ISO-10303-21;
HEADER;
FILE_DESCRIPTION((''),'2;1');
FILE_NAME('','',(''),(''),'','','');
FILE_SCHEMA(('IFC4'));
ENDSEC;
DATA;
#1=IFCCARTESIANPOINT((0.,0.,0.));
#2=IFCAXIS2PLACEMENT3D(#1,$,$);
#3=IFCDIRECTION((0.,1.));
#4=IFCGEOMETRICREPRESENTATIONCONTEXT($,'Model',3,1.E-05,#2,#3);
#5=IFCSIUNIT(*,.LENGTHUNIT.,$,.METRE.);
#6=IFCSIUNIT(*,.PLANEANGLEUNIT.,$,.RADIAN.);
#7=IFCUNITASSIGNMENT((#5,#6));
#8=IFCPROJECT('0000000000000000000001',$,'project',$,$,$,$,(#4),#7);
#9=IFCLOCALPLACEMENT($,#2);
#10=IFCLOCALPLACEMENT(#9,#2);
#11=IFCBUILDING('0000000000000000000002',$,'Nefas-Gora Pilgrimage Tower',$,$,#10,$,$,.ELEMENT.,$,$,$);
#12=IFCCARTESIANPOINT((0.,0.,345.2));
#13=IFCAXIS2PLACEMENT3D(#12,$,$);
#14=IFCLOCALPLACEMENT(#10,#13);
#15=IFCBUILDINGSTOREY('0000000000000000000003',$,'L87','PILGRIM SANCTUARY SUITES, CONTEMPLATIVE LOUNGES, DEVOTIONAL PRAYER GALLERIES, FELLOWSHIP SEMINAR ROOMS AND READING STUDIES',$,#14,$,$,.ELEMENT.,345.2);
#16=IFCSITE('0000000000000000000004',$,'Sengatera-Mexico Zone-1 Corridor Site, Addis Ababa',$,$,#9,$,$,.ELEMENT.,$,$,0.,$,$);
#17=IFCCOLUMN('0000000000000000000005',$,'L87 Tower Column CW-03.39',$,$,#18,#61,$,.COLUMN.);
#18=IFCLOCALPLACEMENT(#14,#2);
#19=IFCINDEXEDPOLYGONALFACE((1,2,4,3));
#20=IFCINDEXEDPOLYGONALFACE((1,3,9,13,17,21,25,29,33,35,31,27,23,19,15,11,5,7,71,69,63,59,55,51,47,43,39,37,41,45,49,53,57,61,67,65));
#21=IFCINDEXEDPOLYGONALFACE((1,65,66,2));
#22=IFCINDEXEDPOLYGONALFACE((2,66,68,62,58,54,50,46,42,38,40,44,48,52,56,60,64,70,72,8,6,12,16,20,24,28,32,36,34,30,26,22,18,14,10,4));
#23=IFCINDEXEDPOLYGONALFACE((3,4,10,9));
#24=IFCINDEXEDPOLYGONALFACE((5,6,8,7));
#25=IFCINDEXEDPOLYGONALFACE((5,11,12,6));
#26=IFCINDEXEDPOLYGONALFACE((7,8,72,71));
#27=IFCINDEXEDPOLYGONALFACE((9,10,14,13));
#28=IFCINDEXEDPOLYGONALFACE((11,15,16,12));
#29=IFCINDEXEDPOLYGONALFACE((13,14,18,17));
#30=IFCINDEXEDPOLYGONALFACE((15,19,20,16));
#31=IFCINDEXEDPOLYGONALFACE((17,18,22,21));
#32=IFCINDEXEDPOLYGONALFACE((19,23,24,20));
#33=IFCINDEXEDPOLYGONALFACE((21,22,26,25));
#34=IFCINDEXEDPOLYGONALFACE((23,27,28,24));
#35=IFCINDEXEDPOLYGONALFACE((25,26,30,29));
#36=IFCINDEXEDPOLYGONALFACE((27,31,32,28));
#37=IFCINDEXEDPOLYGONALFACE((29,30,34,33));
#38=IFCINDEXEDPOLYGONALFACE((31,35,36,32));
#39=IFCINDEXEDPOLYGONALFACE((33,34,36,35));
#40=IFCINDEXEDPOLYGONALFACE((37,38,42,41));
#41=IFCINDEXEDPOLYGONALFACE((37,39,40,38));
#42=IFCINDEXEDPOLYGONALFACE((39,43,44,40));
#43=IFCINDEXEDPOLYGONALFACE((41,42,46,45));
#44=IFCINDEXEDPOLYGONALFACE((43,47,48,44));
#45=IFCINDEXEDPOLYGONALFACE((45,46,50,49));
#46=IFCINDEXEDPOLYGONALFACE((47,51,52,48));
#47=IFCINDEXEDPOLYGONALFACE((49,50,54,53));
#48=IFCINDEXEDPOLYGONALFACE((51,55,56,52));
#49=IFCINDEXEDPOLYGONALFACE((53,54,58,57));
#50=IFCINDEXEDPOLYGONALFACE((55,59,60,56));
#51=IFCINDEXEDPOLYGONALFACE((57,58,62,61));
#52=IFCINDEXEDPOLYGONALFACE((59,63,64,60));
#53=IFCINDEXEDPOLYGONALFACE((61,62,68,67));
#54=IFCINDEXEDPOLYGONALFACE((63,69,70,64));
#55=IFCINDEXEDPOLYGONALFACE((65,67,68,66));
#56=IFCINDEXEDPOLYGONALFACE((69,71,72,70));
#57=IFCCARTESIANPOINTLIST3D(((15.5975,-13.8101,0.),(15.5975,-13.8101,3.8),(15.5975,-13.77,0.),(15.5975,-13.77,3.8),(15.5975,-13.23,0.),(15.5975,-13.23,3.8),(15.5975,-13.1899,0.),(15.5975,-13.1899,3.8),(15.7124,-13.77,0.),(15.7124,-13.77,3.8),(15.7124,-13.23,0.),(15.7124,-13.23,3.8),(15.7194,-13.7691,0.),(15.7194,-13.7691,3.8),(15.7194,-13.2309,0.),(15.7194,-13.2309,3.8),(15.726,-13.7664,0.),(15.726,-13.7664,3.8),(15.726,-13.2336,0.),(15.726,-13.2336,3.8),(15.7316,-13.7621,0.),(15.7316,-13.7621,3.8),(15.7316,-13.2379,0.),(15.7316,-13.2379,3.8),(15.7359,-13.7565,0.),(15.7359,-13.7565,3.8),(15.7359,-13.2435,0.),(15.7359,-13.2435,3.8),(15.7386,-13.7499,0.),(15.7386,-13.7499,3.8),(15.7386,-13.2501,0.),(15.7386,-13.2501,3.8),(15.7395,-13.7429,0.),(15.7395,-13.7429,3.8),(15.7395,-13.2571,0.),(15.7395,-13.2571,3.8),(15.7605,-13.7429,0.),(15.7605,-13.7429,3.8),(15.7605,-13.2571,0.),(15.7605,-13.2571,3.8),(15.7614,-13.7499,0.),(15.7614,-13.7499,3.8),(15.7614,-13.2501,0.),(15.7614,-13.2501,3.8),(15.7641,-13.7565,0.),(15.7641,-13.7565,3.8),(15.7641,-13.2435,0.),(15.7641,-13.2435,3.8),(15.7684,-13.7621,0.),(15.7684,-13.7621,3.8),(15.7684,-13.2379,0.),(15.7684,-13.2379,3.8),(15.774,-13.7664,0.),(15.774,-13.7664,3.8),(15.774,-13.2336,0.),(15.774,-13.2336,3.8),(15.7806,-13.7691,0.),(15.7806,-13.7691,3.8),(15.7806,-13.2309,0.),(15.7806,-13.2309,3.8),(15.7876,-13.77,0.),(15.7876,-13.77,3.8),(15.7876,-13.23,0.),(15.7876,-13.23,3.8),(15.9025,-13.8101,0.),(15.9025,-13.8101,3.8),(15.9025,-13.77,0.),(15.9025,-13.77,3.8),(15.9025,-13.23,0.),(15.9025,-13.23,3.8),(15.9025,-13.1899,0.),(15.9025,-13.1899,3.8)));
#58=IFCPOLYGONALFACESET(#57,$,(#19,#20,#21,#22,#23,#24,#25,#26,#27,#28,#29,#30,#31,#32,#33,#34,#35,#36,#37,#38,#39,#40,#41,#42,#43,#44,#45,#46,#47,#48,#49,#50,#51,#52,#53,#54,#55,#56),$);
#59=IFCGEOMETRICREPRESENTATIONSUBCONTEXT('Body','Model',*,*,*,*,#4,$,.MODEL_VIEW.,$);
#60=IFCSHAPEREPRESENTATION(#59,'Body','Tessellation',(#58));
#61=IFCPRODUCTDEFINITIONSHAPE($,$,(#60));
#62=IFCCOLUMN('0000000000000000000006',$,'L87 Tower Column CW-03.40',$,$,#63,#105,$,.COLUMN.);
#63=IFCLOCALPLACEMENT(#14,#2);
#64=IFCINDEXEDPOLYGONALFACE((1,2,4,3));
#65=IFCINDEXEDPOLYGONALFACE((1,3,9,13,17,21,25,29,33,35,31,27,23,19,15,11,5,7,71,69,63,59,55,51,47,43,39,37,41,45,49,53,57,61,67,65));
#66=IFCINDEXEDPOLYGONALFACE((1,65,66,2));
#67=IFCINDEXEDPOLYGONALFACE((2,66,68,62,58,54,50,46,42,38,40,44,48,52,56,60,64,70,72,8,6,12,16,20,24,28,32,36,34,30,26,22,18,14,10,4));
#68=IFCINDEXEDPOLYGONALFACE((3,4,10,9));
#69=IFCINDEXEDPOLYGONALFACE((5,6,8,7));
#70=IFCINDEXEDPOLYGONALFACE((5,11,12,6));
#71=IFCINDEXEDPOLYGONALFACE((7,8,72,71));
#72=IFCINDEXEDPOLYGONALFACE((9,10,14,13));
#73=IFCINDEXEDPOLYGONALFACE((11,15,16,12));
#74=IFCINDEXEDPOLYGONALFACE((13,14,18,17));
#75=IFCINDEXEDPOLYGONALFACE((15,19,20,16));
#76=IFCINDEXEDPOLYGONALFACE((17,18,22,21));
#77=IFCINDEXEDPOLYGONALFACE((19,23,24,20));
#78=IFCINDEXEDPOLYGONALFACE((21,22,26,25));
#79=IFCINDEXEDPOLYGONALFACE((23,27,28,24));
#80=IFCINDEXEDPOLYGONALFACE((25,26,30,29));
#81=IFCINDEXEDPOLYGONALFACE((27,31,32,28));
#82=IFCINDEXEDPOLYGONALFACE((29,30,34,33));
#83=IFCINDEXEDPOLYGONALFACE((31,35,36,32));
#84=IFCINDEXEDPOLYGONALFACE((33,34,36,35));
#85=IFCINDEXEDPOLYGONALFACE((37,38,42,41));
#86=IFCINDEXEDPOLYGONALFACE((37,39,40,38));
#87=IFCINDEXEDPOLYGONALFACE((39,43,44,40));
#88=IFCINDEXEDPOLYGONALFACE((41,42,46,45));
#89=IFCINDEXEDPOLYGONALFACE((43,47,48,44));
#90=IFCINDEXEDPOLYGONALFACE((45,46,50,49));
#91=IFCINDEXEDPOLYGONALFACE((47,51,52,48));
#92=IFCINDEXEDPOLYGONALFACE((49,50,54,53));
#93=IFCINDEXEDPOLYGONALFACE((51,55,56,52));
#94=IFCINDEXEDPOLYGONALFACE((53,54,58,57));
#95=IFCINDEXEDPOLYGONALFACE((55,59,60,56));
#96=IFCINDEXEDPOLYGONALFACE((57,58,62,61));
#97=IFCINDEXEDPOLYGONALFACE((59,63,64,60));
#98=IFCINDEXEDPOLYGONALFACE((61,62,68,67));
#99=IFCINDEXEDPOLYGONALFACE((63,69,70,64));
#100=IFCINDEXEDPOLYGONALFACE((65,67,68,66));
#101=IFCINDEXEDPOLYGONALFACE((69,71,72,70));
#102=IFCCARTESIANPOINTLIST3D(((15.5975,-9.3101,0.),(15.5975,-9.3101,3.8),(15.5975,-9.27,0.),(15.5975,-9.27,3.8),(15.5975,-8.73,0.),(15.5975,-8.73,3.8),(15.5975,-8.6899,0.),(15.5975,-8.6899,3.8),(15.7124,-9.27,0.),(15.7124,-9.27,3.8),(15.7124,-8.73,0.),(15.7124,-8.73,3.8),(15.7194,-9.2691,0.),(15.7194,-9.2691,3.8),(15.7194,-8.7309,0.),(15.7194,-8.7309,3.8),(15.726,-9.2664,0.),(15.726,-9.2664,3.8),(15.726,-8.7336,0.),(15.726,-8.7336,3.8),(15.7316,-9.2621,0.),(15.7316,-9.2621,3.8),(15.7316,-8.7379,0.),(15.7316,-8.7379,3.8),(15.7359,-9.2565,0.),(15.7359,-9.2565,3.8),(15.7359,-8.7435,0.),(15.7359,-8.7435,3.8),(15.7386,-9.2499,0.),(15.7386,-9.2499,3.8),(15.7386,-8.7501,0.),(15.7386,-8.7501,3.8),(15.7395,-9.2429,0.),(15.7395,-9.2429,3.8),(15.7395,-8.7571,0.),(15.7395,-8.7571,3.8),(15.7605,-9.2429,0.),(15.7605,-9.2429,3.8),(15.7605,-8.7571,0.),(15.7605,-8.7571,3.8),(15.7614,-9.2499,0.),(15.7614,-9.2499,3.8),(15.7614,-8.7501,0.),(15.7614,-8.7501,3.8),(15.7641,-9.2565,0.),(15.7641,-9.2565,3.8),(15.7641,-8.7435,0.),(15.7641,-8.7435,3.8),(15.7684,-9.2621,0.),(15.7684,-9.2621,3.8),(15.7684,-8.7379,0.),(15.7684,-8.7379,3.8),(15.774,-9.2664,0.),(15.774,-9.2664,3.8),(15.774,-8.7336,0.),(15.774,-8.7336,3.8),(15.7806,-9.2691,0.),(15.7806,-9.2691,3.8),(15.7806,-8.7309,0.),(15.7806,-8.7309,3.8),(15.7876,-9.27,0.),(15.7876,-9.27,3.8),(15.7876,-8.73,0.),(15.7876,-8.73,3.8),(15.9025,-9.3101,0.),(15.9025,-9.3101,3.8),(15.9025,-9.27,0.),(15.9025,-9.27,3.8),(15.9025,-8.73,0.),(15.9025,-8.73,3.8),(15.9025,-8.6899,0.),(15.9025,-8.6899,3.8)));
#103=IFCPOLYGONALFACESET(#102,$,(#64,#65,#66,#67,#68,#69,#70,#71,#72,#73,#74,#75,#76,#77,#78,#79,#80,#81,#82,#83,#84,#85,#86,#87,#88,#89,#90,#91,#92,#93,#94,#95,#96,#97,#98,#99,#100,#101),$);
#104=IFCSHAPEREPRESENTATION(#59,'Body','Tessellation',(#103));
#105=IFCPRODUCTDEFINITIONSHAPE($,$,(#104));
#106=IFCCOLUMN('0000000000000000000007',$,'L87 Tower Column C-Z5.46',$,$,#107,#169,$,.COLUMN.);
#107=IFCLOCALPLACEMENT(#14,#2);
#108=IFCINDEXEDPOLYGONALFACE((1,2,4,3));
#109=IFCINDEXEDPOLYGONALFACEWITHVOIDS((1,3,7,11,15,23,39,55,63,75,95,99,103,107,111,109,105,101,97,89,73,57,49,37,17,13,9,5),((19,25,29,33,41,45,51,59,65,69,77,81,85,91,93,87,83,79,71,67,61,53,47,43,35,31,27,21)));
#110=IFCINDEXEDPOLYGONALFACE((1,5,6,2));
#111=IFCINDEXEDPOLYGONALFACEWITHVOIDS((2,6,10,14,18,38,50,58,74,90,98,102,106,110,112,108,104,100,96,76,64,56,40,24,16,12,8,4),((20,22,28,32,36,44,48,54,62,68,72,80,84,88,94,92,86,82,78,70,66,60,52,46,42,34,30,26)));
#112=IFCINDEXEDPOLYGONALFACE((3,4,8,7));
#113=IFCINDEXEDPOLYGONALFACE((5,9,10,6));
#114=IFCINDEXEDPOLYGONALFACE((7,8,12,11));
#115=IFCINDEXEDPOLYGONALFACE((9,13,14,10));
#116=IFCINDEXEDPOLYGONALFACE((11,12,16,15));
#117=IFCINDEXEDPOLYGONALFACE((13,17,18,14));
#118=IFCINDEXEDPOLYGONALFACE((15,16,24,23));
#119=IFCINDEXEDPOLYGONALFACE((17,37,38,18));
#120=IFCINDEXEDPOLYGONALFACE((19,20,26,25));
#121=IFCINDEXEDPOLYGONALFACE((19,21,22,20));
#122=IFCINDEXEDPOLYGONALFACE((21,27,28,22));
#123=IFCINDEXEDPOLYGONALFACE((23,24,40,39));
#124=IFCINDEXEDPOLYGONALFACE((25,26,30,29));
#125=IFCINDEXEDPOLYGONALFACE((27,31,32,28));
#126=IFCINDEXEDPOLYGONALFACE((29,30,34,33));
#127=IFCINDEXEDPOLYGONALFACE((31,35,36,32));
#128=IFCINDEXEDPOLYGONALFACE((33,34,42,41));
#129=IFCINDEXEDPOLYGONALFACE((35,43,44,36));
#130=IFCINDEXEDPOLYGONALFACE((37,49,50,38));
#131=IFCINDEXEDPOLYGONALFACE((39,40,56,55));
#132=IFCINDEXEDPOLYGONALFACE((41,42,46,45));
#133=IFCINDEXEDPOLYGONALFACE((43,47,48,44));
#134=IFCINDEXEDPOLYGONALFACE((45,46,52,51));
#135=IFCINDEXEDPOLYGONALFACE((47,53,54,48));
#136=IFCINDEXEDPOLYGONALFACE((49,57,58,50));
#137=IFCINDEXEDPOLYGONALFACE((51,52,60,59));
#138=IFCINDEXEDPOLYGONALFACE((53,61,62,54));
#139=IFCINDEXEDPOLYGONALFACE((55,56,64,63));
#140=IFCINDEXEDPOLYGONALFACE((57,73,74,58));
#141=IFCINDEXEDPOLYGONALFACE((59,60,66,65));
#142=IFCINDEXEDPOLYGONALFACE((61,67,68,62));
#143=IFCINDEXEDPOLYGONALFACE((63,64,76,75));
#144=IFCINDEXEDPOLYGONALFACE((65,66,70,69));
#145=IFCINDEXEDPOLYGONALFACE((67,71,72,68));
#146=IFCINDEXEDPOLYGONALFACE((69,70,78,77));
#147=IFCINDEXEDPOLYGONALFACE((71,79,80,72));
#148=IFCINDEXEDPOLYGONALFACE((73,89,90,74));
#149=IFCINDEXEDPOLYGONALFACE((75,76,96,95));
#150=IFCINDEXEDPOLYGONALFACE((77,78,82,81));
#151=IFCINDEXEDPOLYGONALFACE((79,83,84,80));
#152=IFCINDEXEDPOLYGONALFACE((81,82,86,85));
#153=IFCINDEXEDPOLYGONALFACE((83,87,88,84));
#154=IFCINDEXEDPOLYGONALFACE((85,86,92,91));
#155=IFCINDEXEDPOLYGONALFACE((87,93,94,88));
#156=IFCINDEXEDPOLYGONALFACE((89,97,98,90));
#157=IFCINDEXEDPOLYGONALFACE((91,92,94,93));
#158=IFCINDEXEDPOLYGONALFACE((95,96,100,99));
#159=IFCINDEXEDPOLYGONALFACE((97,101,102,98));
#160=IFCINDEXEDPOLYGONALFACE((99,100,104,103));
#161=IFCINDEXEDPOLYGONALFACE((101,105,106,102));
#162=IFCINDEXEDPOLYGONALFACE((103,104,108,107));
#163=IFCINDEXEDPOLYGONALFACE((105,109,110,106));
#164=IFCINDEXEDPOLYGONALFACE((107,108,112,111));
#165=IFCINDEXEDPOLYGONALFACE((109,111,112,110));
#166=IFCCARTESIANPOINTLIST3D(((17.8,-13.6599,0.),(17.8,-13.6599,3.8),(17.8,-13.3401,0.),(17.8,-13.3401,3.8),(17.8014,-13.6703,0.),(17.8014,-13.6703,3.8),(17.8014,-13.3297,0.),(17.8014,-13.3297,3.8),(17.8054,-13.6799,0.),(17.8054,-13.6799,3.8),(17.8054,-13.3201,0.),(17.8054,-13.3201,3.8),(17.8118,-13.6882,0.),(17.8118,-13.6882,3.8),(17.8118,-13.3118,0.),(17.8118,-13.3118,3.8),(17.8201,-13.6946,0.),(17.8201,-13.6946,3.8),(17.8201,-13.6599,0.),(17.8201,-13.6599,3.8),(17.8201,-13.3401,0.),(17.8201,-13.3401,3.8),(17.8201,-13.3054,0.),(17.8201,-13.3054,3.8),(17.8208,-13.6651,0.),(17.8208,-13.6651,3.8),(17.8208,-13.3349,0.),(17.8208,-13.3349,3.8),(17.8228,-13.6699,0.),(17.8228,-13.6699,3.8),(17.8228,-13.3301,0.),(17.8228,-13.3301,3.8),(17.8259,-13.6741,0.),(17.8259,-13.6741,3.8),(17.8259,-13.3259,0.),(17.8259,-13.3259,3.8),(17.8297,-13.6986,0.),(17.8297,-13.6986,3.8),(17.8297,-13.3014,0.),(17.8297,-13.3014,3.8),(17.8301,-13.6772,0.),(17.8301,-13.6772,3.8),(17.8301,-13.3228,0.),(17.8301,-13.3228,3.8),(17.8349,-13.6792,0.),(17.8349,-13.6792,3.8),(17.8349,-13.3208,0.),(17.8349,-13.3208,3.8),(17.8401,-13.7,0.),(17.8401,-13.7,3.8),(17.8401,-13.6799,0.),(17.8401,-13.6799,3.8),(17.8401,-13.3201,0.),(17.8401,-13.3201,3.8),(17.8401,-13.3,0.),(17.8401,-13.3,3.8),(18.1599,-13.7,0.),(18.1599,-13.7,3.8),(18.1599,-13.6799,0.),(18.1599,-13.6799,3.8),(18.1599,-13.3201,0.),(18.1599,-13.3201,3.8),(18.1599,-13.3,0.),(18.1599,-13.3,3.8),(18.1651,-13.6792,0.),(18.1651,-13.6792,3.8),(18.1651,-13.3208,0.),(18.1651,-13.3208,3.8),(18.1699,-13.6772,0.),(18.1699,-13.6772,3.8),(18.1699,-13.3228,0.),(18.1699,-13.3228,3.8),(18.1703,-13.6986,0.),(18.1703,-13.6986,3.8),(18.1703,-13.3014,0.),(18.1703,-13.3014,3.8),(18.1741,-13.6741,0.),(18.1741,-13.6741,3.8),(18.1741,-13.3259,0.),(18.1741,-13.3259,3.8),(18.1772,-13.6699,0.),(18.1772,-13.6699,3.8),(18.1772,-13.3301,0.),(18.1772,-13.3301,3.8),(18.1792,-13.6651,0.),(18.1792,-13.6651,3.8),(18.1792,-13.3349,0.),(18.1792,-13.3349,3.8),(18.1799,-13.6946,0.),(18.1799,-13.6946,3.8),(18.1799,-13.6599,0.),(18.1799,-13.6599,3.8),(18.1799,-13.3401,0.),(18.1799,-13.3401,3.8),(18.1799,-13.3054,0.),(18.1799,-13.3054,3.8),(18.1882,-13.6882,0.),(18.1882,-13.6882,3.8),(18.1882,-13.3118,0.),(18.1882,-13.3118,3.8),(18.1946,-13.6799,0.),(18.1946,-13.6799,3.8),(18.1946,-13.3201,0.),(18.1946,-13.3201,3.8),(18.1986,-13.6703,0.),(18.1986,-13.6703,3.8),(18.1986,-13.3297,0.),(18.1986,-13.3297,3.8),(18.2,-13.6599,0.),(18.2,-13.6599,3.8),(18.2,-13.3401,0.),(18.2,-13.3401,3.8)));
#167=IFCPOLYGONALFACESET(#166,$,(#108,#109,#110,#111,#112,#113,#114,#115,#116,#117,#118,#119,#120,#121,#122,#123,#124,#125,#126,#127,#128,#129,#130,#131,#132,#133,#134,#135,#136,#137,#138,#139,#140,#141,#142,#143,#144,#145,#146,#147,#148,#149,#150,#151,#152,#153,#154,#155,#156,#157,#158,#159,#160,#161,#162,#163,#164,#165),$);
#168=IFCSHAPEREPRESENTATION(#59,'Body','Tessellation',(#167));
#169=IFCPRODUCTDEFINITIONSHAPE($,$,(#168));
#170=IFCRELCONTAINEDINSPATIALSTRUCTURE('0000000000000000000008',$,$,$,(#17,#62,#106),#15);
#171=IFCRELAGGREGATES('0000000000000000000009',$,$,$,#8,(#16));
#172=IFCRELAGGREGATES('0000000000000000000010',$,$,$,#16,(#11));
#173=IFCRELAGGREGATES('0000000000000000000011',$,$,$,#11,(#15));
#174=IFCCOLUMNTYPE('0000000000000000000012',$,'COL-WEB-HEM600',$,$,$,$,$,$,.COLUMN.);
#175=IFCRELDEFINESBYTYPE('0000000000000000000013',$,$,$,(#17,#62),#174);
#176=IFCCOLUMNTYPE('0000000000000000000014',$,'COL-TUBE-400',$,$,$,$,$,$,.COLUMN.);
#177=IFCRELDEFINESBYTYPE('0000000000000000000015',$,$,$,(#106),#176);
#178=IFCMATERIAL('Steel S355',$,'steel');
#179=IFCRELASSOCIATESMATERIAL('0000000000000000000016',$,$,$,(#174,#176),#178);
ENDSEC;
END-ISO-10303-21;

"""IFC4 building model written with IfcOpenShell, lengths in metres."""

from ifc_helpers import new_model, si_unit, direction, frame, origin, origin_2d, place, context, subcontext, project, spatial, hollow_rectangle, i_section, extrude, source, transform, mapped, material, material_profile, profile_set, type_object, element, save


model = new_model("IFC4")

# Units and contexts
model_context = context("Model", 3, precision=1e-05, world=origin(), true_north=direction((0.0, 1.0)))
body_context = subcontext(model_context, "Body", "Model", "MODEL_VIEW")
ifc_project = project(units=[si_unit("LENGTHUNIT", "METRE"), si_unit("PLANEANGLEUNIT", "RADIAN")], contexts=[model_context])

# Site, building, storey
site_placement = place(None, origin())
site = spatial("IfcSite", under=ifc_project, at=site_placement, Name="Sengatera-Mexico Zone-1 Corridor Site, Addis Ababa", CompositionType="ELEMENT", RefElevation=0.0)
building_placement = place(site_placement, origin())
building = spatial("IfcBuilding", under=site, at=building_placement, Name="Nefas-Gora Pilgrimage Tower", CompositionType="ELEMENT")
storey_placement = place(building_placement, frame((0.0, 0.0, 345.2)))
storey = spatial("IfcBuildingStorey", under=building, at=storey_placement, Name="L87", Description="PILGRIM SANCTUARY SUITES, CONTEMPLATIVE LOUNGES, DEVOTIONAL PRAYER GALLERIES, FELLOWSHIP SEMINAR ROOMS AND READING STUDIES", CompositionType="ELEMENT", Elevation=345.2)

# Columns
ifc_material_1 = material(Name="Steel S355", Category="steel")
ifc_material_profile_1 = material_profile(ifc_material_1, i_section(OverallWidth=0.3049, OverallDepth=0.6201, WebThickness=0.021, FlangeThickness=0.04, FilletRadius=0.0271, at=origin_2d()), Name="HEM 600")
ifc_profile_set_1 = profile_set([ifc_material_profile_1], Name="Steel S355")
column_type_1 = type_object("IfcColumnType", Name="COL-WEB-HEM600", PredefinedType="COLUMN", material=ifc_profile_set_1)
shared_shape_1 = source(origin(), body_context, "Body", "SweptSolid", [
    extrude(i_section(OverallWidth=0.3049, OverallDepth=0.6201, WebThickness=0.021, FlangeThickness=0.04, FilletRadius=0.0271, at=origin_2d()), origin(), (0.0, 0.0, 1.0), 3.8),
])
for number, where, z_axis, x_axis, name in (
    (1, (15.75, -13.5, 0.0), (0.0, 0.0, 1.0), (1.0, 0.0, 0.0), "L87 Tower Column CW-03.39"),
    (2, (15.75, -9.0, 0.0), (0.0, 0.0, 1.0), (1.0, 0.0, 0.0), "L87 Tower Column CW-03.40"),
):
    element("IfcColumn", number, at=place(storey_placement, frame(where, z_axis=z_axis, x_axis=x_axis)), inside=storey, type_object=column_type_1, Name=name, PredefinedType="COLUMN", context=body_context, shape_type="MappedRepresentation", body=[
        mapped(shared_shape_1, transform((0.0, 0.0, 0.0), x_axis=(1.0, 0.0, 0.0), y_axis=(0.0, 1.0, 0.0), z_axis=(0.0, 0.0, 1.0), scale=1.0)),
    ])
ifc_material_profile_2 = material_profile(ifc_material_1, hollow_rectangle(XDim=0.3999, YDim=0.3999, WallThickness=0.02, InnerFilletRadius=0.02, OuterFilletRadius=0.04, at=origin_2d()), Name="SHS 400x400x20")
ifc_profile_set_2 = profile_set([ifc_material_profile_2], Name="Steel S355")
column_type_2 = type_object("IfcColumnType", Name="COL-TUBE-400", PredefinedType="COLUMN", material=ifc_profile_set_2)
shared_shape_2 = source(origin(), body_context, "Body", "SweptSolid", [
    extrude(hollow_rectangle(XDim=0.3999, YDim=0.3999, WallThickness=0.02, InnerFilletRadius=0.02, OuterFilletRadius=0.04, at=origin_2d()), origin(), (0.0, 0.0, 1.0), 3.8),
])
for number, where, z_axis, x_axis, name in (
    (3, (18.0, -13.5, 0.0), (0.0, 0.0, 1.0), (1.0, 0.0, 0.0), "L87 Tower Column C-Z5.46"),
):
    element("IfcColumn", number, at=place(storey_placement, frame(where, z_axis=z_axis, x_axis=x_axis)), inside=storey, type_object=column_type_2, Name=name, PredefinedType="COLUMN", context=body_context, shape_type="MappedRepresentation", body=[
        mapped(shared_shape_2, transform((0.0, 0.0, 0.0), x_axis=(1.0, 0.0, 0.0), y_axis=(0.0, 1.0, 0.0), z_axis=(0.0, 0.0, 1.0), scale=1.0)),
    ])

save(model, "model.ifc")
